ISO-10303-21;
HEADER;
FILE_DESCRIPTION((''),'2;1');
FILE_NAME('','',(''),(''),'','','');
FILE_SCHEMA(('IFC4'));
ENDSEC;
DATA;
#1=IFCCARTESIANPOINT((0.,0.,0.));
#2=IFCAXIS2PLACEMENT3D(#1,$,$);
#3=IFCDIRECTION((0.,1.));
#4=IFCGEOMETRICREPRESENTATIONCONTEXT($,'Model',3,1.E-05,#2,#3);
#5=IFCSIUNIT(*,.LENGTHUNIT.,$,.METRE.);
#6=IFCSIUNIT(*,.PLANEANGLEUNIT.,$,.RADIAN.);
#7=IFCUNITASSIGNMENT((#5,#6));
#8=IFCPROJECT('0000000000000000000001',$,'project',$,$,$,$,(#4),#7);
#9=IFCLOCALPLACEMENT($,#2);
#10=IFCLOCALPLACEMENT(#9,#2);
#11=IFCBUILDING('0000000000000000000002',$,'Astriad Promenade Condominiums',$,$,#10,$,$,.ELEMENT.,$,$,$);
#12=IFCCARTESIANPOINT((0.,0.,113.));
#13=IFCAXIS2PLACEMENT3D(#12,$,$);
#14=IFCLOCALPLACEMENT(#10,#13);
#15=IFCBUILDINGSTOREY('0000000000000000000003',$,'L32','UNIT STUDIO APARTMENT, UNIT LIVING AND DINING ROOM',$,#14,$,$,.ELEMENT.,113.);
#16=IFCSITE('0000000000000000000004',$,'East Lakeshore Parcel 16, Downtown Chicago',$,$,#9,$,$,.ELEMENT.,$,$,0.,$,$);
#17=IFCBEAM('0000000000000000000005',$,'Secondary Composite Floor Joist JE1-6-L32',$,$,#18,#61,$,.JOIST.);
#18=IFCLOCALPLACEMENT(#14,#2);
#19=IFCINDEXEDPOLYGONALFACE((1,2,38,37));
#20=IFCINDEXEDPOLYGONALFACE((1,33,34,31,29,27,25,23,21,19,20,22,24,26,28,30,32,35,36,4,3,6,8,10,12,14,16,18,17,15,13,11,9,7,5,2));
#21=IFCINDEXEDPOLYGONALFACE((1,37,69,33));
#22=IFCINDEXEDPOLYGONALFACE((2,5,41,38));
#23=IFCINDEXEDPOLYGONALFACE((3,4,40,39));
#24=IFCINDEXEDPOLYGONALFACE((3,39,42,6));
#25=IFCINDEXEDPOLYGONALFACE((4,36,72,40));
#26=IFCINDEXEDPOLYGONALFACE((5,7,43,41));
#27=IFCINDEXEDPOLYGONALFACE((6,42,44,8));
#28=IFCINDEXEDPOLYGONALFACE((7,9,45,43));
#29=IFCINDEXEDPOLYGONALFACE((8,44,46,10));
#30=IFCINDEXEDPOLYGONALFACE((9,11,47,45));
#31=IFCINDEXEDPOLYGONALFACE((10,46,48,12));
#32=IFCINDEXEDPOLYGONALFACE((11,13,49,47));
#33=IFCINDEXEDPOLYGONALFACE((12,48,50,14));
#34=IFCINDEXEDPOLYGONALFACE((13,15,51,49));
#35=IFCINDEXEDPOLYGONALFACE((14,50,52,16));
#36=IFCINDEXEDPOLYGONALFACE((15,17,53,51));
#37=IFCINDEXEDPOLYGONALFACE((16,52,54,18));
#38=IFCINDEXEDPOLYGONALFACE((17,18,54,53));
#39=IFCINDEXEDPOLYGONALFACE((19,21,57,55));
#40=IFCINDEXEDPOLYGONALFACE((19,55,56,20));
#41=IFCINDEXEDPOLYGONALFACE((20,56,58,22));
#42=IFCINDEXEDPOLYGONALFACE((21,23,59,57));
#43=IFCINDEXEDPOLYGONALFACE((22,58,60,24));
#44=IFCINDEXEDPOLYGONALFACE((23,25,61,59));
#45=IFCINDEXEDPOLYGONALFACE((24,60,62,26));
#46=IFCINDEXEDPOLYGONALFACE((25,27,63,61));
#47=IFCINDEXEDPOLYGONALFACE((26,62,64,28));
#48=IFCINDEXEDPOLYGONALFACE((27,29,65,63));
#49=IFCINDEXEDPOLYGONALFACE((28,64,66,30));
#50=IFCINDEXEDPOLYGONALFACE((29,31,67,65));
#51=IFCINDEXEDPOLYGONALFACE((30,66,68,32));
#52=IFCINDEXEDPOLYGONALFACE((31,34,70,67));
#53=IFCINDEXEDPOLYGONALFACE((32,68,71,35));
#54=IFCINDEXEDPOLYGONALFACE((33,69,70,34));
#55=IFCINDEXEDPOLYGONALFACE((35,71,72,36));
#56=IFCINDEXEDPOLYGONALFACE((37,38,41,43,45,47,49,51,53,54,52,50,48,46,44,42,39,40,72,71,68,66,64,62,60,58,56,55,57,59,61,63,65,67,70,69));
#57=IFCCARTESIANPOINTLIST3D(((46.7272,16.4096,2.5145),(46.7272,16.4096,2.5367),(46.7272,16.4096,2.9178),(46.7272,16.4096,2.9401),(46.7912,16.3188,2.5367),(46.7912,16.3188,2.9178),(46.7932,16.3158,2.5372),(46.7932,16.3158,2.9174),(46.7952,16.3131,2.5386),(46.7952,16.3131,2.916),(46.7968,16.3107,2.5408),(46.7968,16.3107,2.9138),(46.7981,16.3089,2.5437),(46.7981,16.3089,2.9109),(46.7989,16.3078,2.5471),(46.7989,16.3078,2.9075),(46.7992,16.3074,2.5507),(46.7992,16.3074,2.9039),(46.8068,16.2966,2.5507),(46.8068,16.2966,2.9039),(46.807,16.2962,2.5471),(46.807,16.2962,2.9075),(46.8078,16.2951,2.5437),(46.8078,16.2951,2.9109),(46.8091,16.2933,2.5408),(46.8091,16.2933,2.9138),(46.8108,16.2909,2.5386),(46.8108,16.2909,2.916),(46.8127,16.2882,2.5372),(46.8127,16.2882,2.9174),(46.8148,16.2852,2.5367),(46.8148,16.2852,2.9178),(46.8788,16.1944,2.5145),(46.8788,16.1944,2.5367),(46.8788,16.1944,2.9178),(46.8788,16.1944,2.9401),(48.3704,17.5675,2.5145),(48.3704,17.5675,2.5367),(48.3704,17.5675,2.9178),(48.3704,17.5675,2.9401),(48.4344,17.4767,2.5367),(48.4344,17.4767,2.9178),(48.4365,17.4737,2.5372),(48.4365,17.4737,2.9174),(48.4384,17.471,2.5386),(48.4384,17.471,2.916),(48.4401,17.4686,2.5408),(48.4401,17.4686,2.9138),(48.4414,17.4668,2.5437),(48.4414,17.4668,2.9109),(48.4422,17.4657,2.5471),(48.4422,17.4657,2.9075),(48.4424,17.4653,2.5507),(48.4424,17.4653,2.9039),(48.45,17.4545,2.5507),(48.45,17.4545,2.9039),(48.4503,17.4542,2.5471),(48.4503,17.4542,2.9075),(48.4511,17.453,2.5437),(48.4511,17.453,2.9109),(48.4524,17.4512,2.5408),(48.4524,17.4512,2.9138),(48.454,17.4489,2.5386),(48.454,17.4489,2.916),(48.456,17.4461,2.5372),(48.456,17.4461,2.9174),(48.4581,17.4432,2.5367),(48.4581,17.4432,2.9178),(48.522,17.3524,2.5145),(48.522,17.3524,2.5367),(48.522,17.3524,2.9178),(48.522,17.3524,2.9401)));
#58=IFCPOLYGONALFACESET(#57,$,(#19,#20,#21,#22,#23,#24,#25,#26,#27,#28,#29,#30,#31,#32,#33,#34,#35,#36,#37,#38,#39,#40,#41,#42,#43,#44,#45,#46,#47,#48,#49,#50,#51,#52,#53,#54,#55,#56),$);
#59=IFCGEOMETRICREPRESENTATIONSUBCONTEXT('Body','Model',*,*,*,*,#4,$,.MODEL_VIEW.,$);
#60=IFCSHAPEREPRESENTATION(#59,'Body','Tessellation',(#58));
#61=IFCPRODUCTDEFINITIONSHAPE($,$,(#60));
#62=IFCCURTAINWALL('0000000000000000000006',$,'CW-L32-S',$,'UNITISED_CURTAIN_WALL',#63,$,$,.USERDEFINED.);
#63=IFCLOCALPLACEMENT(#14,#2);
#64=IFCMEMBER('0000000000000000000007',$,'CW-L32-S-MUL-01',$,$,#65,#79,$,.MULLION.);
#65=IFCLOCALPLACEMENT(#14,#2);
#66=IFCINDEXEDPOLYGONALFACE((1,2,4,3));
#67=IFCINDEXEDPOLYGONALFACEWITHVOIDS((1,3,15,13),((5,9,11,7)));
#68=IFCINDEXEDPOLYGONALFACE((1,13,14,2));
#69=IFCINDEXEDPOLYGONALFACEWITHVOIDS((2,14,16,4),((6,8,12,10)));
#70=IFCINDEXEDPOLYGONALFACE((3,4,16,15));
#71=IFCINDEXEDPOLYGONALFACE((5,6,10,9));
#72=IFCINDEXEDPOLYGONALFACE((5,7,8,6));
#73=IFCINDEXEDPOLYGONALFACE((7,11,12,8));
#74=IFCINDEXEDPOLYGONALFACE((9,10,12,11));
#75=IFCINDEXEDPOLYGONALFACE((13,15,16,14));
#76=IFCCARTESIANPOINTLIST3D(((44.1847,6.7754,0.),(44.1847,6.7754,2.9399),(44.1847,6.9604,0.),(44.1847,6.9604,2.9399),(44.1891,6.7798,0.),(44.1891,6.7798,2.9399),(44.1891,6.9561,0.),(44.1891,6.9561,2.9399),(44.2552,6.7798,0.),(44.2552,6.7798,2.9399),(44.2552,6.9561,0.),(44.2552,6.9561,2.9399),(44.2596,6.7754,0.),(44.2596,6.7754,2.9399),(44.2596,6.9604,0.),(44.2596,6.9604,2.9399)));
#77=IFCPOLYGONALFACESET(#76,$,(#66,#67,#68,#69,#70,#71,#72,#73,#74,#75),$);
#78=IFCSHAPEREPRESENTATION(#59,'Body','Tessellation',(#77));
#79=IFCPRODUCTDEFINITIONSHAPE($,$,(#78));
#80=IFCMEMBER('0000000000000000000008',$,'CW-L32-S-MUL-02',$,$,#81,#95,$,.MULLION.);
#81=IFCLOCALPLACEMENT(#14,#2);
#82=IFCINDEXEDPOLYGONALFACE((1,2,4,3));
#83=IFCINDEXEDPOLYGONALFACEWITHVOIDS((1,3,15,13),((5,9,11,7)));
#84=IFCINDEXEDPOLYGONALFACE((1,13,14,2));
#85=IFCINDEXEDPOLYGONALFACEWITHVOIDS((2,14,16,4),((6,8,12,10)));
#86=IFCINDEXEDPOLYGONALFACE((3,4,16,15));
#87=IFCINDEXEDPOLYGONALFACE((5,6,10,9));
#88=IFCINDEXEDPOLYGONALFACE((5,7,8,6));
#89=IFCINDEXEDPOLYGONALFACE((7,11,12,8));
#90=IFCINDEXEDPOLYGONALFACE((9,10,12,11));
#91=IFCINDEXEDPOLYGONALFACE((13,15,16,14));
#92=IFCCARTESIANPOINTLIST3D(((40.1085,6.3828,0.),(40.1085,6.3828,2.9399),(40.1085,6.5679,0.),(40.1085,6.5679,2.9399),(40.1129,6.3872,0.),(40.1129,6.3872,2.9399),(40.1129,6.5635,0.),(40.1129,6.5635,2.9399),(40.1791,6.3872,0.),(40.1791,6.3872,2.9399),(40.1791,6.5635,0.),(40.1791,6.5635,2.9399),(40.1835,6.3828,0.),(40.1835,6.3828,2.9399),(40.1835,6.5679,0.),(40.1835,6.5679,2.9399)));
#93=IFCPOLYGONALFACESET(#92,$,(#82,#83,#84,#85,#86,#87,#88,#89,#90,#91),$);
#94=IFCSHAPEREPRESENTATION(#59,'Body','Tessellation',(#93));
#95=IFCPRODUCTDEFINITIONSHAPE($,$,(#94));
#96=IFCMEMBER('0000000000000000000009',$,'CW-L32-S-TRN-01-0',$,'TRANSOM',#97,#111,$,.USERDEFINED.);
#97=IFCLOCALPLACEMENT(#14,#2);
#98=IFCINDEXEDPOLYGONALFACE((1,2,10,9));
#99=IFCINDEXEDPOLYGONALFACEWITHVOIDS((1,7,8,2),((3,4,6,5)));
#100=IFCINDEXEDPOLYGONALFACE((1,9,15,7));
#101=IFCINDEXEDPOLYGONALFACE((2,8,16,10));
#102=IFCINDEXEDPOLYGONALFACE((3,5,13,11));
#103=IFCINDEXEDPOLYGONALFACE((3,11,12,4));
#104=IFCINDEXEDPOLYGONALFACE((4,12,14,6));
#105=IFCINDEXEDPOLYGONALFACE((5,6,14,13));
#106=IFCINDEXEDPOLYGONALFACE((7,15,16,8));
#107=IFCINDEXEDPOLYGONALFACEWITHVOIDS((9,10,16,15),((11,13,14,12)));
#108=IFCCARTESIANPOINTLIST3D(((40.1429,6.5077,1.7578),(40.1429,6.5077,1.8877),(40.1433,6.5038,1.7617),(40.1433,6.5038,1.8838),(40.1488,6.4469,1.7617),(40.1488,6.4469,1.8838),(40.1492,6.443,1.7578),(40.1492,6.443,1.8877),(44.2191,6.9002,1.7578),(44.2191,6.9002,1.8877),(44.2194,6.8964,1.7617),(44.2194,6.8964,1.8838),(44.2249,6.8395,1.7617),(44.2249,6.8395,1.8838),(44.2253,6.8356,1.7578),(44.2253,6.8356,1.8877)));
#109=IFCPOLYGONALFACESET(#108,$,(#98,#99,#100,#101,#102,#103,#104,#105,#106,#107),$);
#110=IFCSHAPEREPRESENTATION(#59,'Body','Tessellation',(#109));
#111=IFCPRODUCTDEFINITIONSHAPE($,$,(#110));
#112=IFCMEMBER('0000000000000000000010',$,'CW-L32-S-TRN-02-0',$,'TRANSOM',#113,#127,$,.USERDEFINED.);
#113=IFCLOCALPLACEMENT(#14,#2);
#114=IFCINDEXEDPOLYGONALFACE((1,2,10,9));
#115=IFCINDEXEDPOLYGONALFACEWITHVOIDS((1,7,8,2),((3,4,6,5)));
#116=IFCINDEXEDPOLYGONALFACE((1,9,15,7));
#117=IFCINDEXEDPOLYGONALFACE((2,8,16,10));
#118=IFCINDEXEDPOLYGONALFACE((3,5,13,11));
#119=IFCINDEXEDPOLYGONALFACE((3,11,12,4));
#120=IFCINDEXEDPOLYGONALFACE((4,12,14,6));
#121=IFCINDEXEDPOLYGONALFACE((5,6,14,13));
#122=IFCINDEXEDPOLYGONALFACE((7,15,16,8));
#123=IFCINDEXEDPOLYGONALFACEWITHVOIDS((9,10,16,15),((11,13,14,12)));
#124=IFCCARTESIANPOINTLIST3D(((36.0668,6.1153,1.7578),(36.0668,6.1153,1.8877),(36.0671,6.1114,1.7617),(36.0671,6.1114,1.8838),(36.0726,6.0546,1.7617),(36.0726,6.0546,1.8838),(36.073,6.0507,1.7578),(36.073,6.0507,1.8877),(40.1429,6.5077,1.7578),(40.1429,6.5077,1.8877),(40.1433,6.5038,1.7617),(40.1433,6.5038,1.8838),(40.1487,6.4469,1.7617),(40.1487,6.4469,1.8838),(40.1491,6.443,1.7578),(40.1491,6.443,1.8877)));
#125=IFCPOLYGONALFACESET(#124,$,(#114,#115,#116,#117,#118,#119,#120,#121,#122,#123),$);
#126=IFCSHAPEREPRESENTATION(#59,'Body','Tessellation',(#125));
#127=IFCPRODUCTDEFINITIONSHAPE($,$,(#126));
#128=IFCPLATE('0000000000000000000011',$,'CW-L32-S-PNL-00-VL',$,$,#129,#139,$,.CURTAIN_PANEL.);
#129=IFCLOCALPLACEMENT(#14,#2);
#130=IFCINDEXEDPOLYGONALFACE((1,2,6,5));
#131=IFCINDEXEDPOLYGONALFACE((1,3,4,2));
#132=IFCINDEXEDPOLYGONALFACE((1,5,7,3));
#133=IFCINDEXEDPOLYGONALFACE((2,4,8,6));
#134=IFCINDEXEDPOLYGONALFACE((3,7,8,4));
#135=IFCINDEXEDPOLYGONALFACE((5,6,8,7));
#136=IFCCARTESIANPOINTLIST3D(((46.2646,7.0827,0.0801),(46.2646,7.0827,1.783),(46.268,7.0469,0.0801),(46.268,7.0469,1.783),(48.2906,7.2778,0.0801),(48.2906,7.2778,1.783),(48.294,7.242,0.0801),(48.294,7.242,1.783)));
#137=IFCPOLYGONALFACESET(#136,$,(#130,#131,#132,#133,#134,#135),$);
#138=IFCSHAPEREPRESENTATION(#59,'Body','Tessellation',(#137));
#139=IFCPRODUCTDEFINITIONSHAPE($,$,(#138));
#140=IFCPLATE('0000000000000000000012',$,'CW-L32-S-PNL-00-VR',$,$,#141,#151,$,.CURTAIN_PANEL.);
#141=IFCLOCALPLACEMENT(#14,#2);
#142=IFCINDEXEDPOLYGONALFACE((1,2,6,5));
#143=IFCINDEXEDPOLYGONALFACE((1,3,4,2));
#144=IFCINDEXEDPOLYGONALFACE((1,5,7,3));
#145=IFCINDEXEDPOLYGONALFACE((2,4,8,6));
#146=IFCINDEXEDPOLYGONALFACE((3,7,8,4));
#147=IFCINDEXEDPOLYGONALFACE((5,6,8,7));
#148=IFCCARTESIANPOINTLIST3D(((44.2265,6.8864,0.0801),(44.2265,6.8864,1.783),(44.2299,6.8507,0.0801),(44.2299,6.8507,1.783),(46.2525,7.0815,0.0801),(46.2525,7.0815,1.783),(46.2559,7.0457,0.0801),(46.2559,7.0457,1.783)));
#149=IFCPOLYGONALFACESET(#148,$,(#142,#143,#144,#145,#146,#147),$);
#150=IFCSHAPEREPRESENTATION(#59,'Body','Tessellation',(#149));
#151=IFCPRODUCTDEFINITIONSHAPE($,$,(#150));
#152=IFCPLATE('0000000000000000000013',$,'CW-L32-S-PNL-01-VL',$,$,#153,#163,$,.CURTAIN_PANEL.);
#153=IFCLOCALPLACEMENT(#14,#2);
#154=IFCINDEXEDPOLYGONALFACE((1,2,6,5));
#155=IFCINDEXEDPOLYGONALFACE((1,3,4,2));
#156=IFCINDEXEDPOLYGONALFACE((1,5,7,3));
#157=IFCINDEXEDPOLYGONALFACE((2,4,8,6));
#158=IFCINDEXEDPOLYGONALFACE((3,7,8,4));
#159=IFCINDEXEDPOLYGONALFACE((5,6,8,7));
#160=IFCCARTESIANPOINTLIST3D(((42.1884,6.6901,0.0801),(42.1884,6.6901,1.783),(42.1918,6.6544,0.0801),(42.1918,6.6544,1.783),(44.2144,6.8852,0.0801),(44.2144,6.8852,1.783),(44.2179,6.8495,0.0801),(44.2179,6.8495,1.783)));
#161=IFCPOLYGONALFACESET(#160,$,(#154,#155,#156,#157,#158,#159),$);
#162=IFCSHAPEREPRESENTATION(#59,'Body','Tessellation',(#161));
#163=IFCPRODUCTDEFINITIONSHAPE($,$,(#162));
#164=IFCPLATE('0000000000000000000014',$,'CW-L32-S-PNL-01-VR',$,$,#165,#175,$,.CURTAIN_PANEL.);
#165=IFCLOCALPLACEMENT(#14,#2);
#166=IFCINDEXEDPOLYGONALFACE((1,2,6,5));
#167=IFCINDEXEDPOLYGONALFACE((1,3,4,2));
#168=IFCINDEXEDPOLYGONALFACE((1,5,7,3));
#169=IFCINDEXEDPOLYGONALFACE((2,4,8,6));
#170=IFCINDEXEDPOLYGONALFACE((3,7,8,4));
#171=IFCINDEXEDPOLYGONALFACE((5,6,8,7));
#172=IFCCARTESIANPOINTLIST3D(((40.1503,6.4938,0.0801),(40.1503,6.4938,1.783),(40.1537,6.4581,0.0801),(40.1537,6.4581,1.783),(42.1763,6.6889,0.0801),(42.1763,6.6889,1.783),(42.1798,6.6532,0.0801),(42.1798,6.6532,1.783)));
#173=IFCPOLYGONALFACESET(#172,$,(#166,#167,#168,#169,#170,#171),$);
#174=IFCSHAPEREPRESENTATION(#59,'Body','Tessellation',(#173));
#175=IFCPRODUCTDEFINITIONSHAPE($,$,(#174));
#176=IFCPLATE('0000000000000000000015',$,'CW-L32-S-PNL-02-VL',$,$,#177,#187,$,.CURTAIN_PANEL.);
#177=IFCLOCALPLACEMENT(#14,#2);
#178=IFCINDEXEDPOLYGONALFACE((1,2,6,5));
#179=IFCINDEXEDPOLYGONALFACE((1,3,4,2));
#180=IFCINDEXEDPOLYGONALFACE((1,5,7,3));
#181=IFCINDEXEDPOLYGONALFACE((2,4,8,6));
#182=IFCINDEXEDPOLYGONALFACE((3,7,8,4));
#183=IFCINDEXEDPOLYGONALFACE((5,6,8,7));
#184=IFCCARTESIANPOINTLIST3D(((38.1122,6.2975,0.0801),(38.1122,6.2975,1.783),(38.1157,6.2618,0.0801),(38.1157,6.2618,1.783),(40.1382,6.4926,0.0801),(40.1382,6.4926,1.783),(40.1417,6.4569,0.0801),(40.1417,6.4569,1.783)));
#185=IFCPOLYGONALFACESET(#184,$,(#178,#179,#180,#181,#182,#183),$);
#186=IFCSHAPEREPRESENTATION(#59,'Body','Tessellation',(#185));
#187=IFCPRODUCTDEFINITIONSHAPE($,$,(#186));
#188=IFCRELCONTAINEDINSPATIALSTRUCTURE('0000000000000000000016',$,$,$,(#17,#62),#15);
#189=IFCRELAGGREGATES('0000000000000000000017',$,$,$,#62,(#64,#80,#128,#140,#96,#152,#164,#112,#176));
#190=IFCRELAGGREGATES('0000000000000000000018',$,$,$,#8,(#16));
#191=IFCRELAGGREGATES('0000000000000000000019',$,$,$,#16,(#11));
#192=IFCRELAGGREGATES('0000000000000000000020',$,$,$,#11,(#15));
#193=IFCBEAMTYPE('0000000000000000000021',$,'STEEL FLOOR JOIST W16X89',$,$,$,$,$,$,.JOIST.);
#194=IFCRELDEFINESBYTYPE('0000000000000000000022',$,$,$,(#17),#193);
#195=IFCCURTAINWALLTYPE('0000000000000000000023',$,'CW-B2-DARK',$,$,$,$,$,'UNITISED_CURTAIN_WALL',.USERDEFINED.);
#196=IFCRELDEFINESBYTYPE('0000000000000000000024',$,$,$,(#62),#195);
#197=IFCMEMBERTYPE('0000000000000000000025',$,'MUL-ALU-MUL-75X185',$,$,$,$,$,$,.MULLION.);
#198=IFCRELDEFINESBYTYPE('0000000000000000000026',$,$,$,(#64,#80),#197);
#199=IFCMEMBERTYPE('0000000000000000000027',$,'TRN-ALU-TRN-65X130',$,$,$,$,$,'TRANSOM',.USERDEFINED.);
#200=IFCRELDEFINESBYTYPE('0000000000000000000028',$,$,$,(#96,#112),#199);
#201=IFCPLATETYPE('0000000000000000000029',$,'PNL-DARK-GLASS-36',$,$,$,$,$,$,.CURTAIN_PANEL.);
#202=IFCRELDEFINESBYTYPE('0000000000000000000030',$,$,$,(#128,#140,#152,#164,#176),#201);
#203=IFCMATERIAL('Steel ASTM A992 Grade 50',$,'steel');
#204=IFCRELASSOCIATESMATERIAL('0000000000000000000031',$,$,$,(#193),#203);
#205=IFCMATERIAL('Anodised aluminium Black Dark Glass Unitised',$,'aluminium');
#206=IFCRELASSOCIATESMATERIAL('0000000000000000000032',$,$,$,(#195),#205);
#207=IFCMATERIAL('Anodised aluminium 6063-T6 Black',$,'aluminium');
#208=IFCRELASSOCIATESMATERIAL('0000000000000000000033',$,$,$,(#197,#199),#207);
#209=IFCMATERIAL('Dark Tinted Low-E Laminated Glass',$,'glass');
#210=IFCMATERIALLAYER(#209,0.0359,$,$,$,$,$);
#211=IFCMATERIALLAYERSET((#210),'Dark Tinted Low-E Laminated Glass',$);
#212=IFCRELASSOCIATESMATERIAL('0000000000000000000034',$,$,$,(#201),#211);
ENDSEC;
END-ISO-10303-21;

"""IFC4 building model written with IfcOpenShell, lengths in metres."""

from ifc_helpers import new_model, si_unit, direction, frame, origin, origin_2d, place, context, subcontext, project, spatial, rectangle, hollow_rectangle, i_section, extrude, source, transform, mapped, material, layer, layer_set, material_profile, profile_set, type_object, type_shapes, element, aggregate, save


model = new_model("IFC4")

# Units and contexts
model_context = context("Model", 3, precision=1e-05, world=origin(), true_north=direction((0.0, 1.0)))
body_context = subcontext(model_context, "Body", "Model", "MODEL_VIEW")
ifc_project = project(units=[si_unit("LENGTHUNIT", "METRE"), si_unit("PLANEANGLEUNIT", "RADIAN")], contexts=[model_context])

# Site, building, storey
site_placement = place(None, origin())
site = spatial("IfcSite", under=ifc_project, at=site_placement, Name="East Lakeshore Parcel 16, Downtown Chicago", CompositionType="ELEMENT", RefElevation=0.0)
building_placement = place(site_placement, origin())
building = spatial("IfcBuilding", under=site, at=building_placement, Name="Astriad Promenade Condominiums", CompositionType="ELEMENT")
storey_placement = place(building_placement, frame((0.0, 0.0, 113.0)))
storey = spatial("IfcBuildingStorey", under=building, at=storey_placement, Name="L32", Description="UNIT STUDIO APARTMENT, UNIT LIVING AND DINING ROOM", CompositionType="ELEMENT", Elevation=113.0)

# Shared definitions
ifc_material_1 = material(Name="Steel ASTM A992 Grade 50", Category="steel")

# Beam
ifc_material_profile_1 = material_profile(ifc_material_1, i_section(OverallWidth=0.2632, OverallDepth=0.4255, WebThickness=0.0132, FlangeThickness=0.0222, FilletRadius=0.0139, at=origin_2d()), Name="W16X89")
ifc_profile_set_1 = profile_set([ifc_material_profile_1], Name="Steel ASTM A992 Grade 50")
beam_type_1 = type_object("IfcBeamType", Name="STEEL FLOOR JOIST W16X89", PredefinedType="JOIST", material=ifc_profile_set_1)
shared_shape_1 = source(origin(), body_context, "Body", "SweptSolid", [
    extrude(i_section(OverallWidth=0.2632, OverallDepth=0.4255, WebThickness=0.0132, FlangeThickness=0.0222, FilletRadius=0.0139, at=origin_2d()), origin(), (0.0, 0.0, 1.0), 2.0103),
])
type_shapes(beam_type_1, [shared_shape_1])
beam_1_placement = place(storey_placement, frame((46.803, 16.302, 2.7273), z_axis=(0.817442, 0.576011, 0.0), x_axis=(-0.576011, 0.817442, 0.0)))
element("IfcBeam", 1, at=beam_1_placement, inside=storey, type_object=beam_type_1, Name="Secondary Composite Floor Joist JE1-6-L32", PredefinedType="JOIST", context=body_context, shape_type="MappedRepresentation", body=[
    mapped(shared_shape_1, transform((0.0, 0.0, 0.0), scale=1.0)),
])

# Curtain wall, members, plates
ifc_material_2 = material(Name="Anodised aluminium Black Dark Glass Unitised", Category="aluminium")
curtain_wall_type = type_object("IfcCurtainWallType", Name="CW-B2-DARK", ElementType="UNITISED_CURTAIN_WALL", PredefinedType="USERDEFINED", material=ifc_material_2)
curtain_wall_placement = place(storey_placement, origin())
curtain_wall = element("IfcCurtainWall", 2, at=curtain_wall_placement, inside=storey, type_object=curtain_wall_type, Name="CW-L32-S", ObjectType="UNITISED_CURTAIN_WALL", PredefinedType="USERDEFINED")
ifc_material_3 = material(Name="Anodised aluminium 6063-T6 Black", Category="aluminium")
ifc_material_profile_2 = material_profile(ifc_material_3, hollow_rectangle(XDim=0.075, YDim=0.1851, WallThickness=0.0044, at=origin_2d()), Name="ALU-MUL-75X185")
ifc_profile_set_2 = profile_set([ifc_material_profile_2], Name="Anodised aluminium 6063-T6 Black")
member_type_1 = type_object("IfcMemberType", Name="MUL-ALU-MUL-75X185", PredefinedType="MULLION", material=ifc_profile_set_2)
shared_shape_2 = source(origin(), body_context, "Body", "SweptSolid", [
    extrude(hollow_rectangle(XDim=0.075, YDim=0.1851, WallThickness=0.0044, at=origin_2d()), origin(), (0.0, 0.0, 1.0), 2.9399),
])
type_shapes(member_type_1, [shared_shape_2])
member_1_placement = place(storey_placement, frame((44.2222, 6.8679, 0.0), z_axis=(0.0, 0.0, 1.0), x_axis=(1.0, 0.0, 0.0)))
member_1 = element("IfcMember", 3, at=member_1_placement, type_object=member_type_1, Name="CW-L32-S-MUL-01", PredefinedType="MULLION", context=body_context, shape_type="MappedRepresentation", body=[
    mapped(shared_shape_2, transform((0.0, 0.0, 0.0), scale=1.0)),
])
member_2_placement = place(storey_placement, frame((40.146, 6.4753, 0.0), z_axis=(0.0, 0.0, 1.0), x_axis=(1.0, 0.0, 0.0)))
member_2 = element("IfcMember", 4, at=member_2_placement, type_object=member_type_1, Name="CW-L32-S-MUL-02", PredefinedType="MULLION", context=body_context, shape_type="MappedRepresentation", body=[
    mapped(shared_shape_2, transform((0.0, 0.0, 0.0), scale=1.0)),
])
ifc_material_profile_3 = material_profile(ifc_material_3, hollow_rectangle(XDim=0.0649, YDim=0.1299, WallThickness=0.0039, at=origin_2d()), Name="ALU-TRN-65X130")
ifc_profile_set_3 = profile_set([ifc_material_profile_3], Name="Anodised aluminium 6063-T6 Black")
member_type_2 = type_object("IfcMemberType", Name="TRN-ALU-TRN-65X130", ElementType="TRANSOM", PredefinedType="USERDEFINED", material=ifc_profile_set_3)
shared_shape_3 = source(origin(), body_context, "Body", "SweptSolid", [
    extrude(hollow_rectangle(XDim=0.0649, YDim=0.1299, WallThickness=0.0039, at=origin_2d()), origin(), (0.0, 0.0, 1.0), 4.095),
])
type_shapes(member_type_2, [shared_shape_3])
member_3_placement = place(storey_placement, frame((44.2222, 6.8679, 1.8228), z_axis=(-0.995394, -0.095867, 0.0), x_axis=(0.095867, -0.995394, 0.0)))
member_3 = element("IfcMember", 5, at=member_3_placement, type_object=member_type_2, Name="CW-L32-S-TRN-01-0", ObjectType="TRANSOM", PredefinedType="USERDEFINED", context=body_context, shape_type="MappedRepresentation", body=[
    mapped(shared_shape_3, transform((0.0, 0.0, 0.0), scale=1.0)),
])
member_4_placement = place(storey_placement, frame((40.146, 6.4753, 1.8228), z_axis=(-0.9954, -0.095808, 0.0), x_axis=(0.095808, -0.9954, 0.0)))
member_4 = element("IfcMember", 6, at=member_4_placement, type_object=member_type_2, Name="CW-L32-S-TRN-02-0", ObjectType="TRANSOM", PredefinedType="USERDEFINED", context=body_context, shape_type="MappedRepresentation", body=[
    mapped(shared_shape_3, transform((0.0, 0.0, 0.0), scale=1.0)),
])
ifc_material_4 = material(Name="Dark Tinted Low-E Laminated Glass", Category="glass")
ifc_layer_1 = layer(ifc_material_4, 0.0359)
ifc_layer_set_1 = layer_set([ifc_layer_1], Name="Dark Tinted Low-E Laminated Glass")
plate_type = type_object("IfcPlateType", Name="PNL-DARK-GLASS-36", PredefinedType="CURTAIN_PANEL", material=ifc_layer_set_1)
shared_shape_4 = source(origin(), body_context, "Body", "SweptSolid", [
    extrude(rectangle(XDim=2.0354, YDim=0.0359, at=origin_2d()), origin(), (0.0, 0.0, 1.0), 1.7029),
])
plate_1_placement = place(storey_placement, frame((47.2793, 7.1624, 0.0801), z_axis=(0.0, 0.0, 1.0), x_axis=(-0.995396, -0.095846, 0.0)))
plate_1 = element("IfcPlate", 7, at=plate_1_placement, type_object=plate_type, Name="CW-L32-S-PNL-00-VL", PredefinedType="CURTAIN_PANEL", context=body_context, shape_type="MappedRepresentation", body=[
    mapped(shared_shape_4, transform((0.0, 0.0, 0.0), scale=1.0)),
])
plate_2_placement = place(storey_placement, frame((45.2412, 6.9661, 0.0801), z_axis=(0.0, 0.0, 1.0), x_axis=(-0.995396, -0.095846, 0.0)))
plate_2 = element("IfcPlate", 8, at=plate_2_placement, type_object=plate_type, Name="CW-L32-S-PNL-00-VR", PredefinedType="CURTAIN_PANEL", context=body_context, shape_type="MappedRepresentation", body=[
    mapped(shared_shape_4, transform((0.0, 0.0, 0.0), scale=1.0)),
])
plate_3_placement = place(storey_placement, frame((43.2031, 6.7698, 0.0801), z_axis=(0.0, 0.0, 1.0), x_axis=(-0.995396, -0.095846, 0.0)))
plate_3 = element("IfcPlate", 9, at=plate_3_placement, type_object=plate_type, Name="CW-L32-S-PNL-01-VL", PredefinedType="CURTAIN_PANEL", context=body_context, shape_type="MappedRepresentation", body=[
    mapped(shared_shape_4, transform((0.0, 0.0, 0.0), scale=1.0)),
])
plate_4_placement = place(storey_placement, frame((41.165, 6.5735, 0.0801), z_axis=(0.0, 0.0, 1.0), x_axis=(-0.995396, -0.095846, 0.0)))
plate_4 = element("IfcPlate", 10, at=plate_4_placement, type_object=plate_type, Name="CW-L32-S-PNL-01-VR", PredefinedType="CURTAIN_PANEL", context=body_context, shape_type="MappedRepresentation", body=[
    mapped(shared_shape_4, transform((0.0, 0.0, 0.0), scale=1.0)),
])
plate_5_placement = place(storey_placement, frame((39.127, 6.3772, 0.0801), z_axis=(0.0, 0.0, 1.0), x_axis=(-0.995396, -0.095846, 0.0)))
plate_5 = element("IfcPlate", 11, at=plate_5_placement, type_object=plate_type, Name="CW-L32-S-PNL-02-VL", PredefinedType="CURTAIN_PANEL", context=body_context, shape_type="MappedRepresentation", body=[
    mapped(shared_shape_4, transform((0.0, 0.0, 0.0), scale=1.0)),
])
aggregate(curtain_wall, [member_1, member_2, plate_1, plate_2, member_3, plate_3, plate_4, member_4, plate_5])

save(model, "model.ifc")
